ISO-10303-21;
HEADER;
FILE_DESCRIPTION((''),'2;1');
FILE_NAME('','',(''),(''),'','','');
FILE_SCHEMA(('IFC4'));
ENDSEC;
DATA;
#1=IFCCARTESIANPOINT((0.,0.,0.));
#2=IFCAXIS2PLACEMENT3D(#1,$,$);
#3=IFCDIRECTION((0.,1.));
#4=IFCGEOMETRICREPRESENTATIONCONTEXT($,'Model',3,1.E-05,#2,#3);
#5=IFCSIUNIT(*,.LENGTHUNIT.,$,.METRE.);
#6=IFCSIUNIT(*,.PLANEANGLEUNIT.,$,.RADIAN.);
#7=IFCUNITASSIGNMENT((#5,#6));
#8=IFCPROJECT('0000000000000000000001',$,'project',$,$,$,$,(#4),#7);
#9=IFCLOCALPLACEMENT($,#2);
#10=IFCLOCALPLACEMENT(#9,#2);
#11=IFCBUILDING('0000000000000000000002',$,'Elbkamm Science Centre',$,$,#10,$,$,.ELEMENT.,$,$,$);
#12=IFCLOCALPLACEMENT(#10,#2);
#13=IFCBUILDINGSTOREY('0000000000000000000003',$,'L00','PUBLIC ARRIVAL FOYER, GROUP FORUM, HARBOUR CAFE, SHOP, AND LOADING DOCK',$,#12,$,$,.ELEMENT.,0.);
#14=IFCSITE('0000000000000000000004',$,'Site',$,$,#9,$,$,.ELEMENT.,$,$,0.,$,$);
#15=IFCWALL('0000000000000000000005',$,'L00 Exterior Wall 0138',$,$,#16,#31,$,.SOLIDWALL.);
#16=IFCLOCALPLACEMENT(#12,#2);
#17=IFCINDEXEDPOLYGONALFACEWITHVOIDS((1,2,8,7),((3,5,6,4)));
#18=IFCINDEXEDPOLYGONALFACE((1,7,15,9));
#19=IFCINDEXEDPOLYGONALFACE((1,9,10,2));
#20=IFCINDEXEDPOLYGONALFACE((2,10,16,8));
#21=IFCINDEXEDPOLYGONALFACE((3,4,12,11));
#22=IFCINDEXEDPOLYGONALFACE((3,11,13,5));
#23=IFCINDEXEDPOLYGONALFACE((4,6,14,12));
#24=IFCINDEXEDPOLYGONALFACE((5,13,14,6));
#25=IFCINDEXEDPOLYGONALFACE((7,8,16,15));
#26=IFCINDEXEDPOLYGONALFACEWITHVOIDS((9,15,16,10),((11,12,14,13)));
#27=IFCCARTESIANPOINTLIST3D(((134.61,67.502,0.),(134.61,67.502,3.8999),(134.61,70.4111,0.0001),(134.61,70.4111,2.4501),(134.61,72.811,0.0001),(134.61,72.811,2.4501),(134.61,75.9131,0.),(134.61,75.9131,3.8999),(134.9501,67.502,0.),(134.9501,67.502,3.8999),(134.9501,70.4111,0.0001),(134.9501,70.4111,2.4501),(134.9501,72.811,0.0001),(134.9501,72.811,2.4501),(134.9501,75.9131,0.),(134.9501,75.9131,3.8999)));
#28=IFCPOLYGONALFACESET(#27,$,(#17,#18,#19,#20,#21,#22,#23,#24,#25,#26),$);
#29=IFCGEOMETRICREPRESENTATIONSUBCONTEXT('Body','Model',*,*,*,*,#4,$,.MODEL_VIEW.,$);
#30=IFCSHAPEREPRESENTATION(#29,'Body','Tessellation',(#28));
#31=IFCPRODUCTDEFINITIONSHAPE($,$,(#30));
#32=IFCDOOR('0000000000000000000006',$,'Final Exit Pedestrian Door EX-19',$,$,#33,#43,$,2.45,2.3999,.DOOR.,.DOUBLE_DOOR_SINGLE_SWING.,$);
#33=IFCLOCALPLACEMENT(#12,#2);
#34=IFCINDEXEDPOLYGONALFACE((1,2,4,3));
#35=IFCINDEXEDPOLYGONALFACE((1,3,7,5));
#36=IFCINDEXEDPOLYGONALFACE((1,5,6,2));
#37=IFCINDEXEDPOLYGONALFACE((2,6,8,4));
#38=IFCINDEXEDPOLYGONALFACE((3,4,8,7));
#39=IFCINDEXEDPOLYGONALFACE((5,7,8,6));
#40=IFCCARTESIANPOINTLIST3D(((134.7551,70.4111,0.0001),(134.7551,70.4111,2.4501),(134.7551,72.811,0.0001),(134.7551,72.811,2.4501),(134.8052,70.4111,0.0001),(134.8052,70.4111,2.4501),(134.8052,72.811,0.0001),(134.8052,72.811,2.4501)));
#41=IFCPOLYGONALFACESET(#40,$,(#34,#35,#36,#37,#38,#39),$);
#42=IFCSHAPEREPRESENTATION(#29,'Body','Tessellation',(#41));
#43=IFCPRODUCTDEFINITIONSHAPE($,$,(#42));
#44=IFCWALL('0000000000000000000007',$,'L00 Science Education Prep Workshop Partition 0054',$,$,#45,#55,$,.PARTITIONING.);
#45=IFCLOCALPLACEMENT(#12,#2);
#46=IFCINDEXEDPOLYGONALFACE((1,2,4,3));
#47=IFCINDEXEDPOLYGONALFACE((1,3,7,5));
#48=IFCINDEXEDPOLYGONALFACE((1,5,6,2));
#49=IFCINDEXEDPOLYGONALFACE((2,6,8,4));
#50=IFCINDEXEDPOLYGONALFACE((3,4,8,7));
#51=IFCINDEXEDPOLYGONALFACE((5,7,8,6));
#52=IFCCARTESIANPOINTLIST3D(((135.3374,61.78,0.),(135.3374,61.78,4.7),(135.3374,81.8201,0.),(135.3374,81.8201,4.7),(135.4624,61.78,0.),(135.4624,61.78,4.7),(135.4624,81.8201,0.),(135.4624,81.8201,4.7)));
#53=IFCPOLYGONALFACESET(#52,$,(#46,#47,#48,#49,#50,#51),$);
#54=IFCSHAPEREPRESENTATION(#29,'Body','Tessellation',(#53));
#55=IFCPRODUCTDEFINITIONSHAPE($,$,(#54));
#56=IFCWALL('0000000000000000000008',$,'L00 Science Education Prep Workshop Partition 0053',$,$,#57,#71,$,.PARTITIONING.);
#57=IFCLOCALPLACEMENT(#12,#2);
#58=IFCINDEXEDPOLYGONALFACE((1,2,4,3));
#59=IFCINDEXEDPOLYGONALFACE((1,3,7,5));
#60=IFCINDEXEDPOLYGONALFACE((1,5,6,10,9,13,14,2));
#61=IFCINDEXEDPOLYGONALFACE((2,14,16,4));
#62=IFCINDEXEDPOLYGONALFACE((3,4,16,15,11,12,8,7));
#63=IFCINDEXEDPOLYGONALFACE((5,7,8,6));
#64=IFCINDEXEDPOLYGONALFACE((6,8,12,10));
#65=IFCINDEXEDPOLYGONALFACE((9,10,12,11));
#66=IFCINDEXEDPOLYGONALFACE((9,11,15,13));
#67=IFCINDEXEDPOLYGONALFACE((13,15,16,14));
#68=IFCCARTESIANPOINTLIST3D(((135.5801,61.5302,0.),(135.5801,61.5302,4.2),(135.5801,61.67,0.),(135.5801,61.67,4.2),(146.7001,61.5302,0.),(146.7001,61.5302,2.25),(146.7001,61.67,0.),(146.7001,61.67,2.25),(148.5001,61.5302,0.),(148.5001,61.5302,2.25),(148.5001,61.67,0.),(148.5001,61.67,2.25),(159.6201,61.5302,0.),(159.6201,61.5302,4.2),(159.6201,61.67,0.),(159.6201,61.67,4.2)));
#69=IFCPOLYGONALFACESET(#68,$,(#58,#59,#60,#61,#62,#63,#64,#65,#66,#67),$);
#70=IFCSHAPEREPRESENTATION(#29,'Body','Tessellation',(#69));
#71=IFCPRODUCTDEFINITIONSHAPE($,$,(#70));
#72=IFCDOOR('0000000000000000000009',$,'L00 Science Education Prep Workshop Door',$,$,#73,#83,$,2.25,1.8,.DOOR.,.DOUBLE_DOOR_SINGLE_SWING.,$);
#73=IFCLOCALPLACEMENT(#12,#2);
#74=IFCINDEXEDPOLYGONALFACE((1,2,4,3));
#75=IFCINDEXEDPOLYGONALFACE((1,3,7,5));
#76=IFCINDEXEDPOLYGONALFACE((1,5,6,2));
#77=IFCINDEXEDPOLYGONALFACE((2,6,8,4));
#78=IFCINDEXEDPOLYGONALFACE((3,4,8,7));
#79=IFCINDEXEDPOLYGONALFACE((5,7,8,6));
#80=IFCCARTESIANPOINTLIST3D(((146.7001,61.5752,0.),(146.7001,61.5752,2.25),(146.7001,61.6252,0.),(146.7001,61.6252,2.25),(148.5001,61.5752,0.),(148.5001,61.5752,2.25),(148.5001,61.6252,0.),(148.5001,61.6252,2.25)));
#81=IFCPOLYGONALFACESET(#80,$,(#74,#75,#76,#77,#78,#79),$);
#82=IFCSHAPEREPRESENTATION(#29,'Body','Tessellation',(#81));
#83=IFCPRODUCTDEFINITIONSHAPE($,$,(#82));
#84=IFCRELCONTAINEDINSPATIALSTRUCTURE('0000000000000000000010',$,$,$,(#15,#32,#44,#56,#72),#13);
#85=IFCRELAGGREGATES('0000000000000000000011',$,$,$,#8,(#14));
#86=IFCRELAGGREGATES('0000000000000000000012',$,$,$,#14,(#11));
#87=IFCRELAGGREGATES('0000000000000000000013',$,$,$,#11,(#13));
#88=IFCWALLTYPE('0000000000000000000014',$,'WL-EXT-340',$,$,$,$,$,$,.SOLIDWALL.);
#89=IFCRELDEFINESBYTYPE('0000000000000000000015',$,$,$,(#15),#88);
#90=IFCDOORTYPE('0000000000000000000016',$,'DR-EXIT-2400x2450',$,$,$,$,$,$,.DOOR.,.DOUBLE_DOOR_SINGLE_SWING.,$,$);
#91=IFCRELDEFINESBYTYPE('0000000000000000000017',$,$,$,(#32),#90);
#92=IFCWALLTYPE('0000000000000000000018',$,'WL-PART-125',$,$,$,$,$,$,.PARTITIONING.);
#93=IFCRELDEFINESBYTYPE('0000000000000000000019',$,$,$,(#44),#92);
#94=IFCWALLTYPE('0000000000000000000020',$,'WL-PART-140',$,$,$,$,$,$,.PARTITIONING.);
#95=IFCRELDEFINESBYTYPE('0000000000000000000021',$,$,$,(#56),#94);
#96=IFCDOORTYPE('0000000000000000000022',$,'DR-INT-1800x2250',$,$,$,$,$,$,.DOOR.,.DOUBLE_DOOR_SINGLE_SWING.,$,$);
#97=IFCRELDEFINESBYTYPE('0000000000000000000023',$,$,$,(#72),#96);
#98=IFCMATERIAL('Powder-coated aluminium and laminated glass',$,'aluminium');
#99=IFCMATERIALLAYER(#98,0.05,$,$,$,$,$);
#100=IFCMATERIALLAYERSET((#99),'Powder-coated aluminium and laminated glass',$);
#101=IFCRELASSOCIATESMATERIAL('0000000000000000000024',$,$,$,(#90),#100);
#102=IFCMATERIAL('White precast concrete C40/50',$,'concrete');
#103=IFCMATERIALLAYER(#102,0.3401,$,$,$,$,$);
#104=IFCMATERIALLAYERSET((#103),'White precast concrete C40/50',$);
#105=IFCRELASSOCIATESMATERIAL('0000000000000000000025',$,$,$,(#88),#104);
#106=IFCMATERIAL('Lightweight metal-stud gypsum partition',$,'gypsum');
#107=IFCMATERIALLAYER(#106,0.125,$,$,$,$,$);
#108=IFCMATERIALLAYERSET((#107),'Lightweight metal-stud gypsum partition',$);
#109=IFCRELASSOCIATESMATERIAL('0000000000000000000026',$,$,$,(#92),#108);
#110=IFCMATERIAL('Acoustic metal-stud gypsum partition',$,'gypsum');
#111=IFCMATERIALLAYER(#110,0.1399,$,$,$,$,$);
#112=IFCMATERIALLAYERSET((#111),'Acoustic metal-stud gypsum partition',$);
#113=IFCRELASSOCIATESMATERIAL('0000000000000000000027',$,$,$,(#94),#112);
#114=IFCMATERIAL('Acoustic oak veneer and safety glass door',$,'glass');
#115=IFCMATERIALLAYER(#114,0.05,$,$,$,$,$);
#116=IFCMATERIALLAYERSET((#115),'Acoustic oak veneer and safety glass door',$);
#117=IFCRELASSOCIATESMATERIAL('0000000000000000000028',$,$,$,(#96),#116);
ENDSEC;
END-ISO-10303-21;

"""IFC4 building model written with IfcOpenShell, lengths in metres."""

from ifc_helpers import new_model, si_unit, direction, frame, frame_2d, origin, place, context, subcontext, project, spatial, rectangle, extrude, material, layer, layer_set, type_object, element, fill, save


model = new_model("IFC4")

# Units and contexts
model_context = context("Model", 3, precision=1e-05, world=origin(), true_north=direction((0.0, 1.0)))
body_context = subcontext(model_context, "Body", "Model", "MODEL_VIEW")
ifc_project = project(units=[si_unit("LENGTHUNIT", "METRE"), si_unit("PLANEANGLEUNIT", "RADIAN")], contexts=[model_context])

# Site, building, storey
site_placement = place(None, origin())
site = spatial("IfcSite", under=ifc_project, at=site_placement, Name="Site", CompositionType="ELEMENT", RefElevation=0.0)
building_placement = place(site_placement, origin())
building = spatial("IfcBuilding", under=site, at=building_placement, Name="Elbkamm Science Centre", CompositionType="ELEMENT")
storey_placement = place(building_placement, origin())
storey = spatial("IfcBuildingStorey", under=building, at=storey_placement, Name="L00", Description="PUBLIC ARRIVAL FOYER, GROUP FORUM, HARBOUR CAFE, SHOP, AND LOADING DOCK", CompositionType="ELEMENT", Elevation=0.0)

# Wall, opening, door
ifc_material_1 = material(Name="White precast concrete C40/50", Category="concrete")
ifc_material_2 = material(Name="Powder-coated aluminium and laminated glass", Category="aluminium")
ifc_layer_1 = layer(ifc_material_2, 0.05)
ifc_layer_set_1 = layer_set([ifc_layer_1], Name="Powder-coated aluminium and laminated glass")
door_type_1 = type_object("IfcDoorType", Name="DR-EXIT-2400x2450", OperationType="DOUBLE_DOOR_SINGLE_SWING", PredefinedType="DOOR", material=ifc_layer_set_1)
ifc_layer_2 = layer(ifc_material_1, 0.3401)
ifc_layer_set_2 = layer_set([ifc_layer_2], Name="White precast concrete C40/50")
wall_type_1 = type_object("IfcWallType", Name="WL-EXT-340", PredefinedType="SOLIDWALL", material=ifc_layer_set_2)
wall_1_placement = place(storey_placement, frame((134.78, 67.502, 0.0), z_axis=(0.0, 0.0, 1.0), x_axis=(0.0, 1.0, 0.0)))
wall_1 = element("IfcWall", 1, at=wall_1_placement, inside=storey, type_object=wall_type_1, Name="L00 Exterior Wall 0138", PredefinedType="SOLIDWALL", context=body_context, shape_type="SweptSolid", body=[
    extrude(rectangle(XDim=8.4111, YDim=0.3401, at=frame_2d((4.2056, 0.0))), origin(), (0.0, 0.0, 1.0), 3.8999),
])
opening_1_placement = place(wall_1_placement, frame((2.9092, 0.0, 0.0)))
opening_1 = element("IfcOpeningElement", 2, at=opening_1_placement, cuts=wall_1, PredefinedType="OPENING", context=body_context, shape_type="SweptSolid", body=[
    extrude(rectangle(XDim=2.3999, YDim=2.45, at=frame_2d((1.2, 1.2251))), frame((0.0, 0.1821, 0.0), z_axis=(0.0, -1.0, 0.0), x_axis=(1.0, 0.0, 0.0)), (0.0, 0.0, 1.0), 0.364),
])
door_1_placement = place(opening_1_placement, origin())
door_1 = element("IfcDoor", 3, at=door_1_placement, inside=storey, type_object=door_type_1, Name="Final Exit Pedestrian Door EX-19", OperationType="DOUBLE_DOOR_SINGLE_SWING", OverallHeight=2.45, OverallWidth=2.3999, PredefinedType="DOOR", context=body_context, shape_type="SweptSolid", body=[
    extrude(rectangle(XDim=2.3999, YDim=2.45, at=frame_2d((1.2, 1.2251))), frame((0.0, 0.0249, 0.0), z_axis=(0.0, -1.0, 0.0), x_axis=(1.0, 0.0, 0.0)), (0.0, 0.0, 1.0), 0.05),
])
fill(opening_1, door_1)

# Wall
ifc_material_3 = material(Name="Lightweight metal-stud gypsum partition", Category="gypsum")
ifc_layer_3 = layer(ifc_material_3, 0.125)
ifc_layer_set_3 = layer_set([ifc_layer_3], Name="Lightweight metal-stud gypsum partition")
wall_type_2 = type_object("IfcWallType", Name="WL-PART-125", PredefinedType="PARTITIONING", material=ifc_layer_set_3)
wall_2_placement = place(storey_placement, frame((135.3999, 61.78, 0.0), z_axis=(0.0, 0.0, 1.0), x_axis=(0.0, 1.0, 0.0)))
element("IfcWall", 4, at=wall_2_placement, inside=storey, type_object=wall_type_2, Name="L00 Science Education Prep Workshop Partition 0054", PredefinedType="PARTITIONING", context=body_context, shape_type="SweptSolid", body=[
    extrude(rectangle(XDim=20.04, YDim=0.125, at=frame_2d((10.02, 0.0))), origin(), (0.0, 0.0, 1.0), 4.7),
])

# Wall, opening, door
ifc_material_4 = material(Name="Acoustic metal-stud gypsum partition", Category="gypsum")
ifc_layer_4 = layer(ifc_material_4, 0.1399)
ifc_layer_set_4 = layer_set([ifc_layer_4], Name="Acoustic metal-stud gypsum partition")
wall_type_3 = type_object("IfcWallType", Name="WL-PART-140", PredefinedType="PARTITIONING", material=ifc_layer_set_4)
wall_3_placement = place(storey_placement, frame((159.6201, 61.6001, 0.0), z_axis=(0.0, 0.0, 1.0), x_axis=(-1.0, 0.0, 0.0)))
wall_3 = element("IfcWall", 5, at=wall_3_placement, inside=storey, type_object=wall_type_3, Name="L00 Science Education Prep Workshop Partition 0053", PredefinedType="PARTITIONING", context=body_context, shape_type="SweptSolid", body=[
    extrude(rectangle(XDim=24.04, YDim=0.1399, at=frame_2d((12.02, 0.0))), origin(), (0.0, 0.0, 1.0), 4.2),
])
opening_2_placement = place(wall_3_placement, frame((11.1201, 0.0, 0.0)))
opening_2 = element("IfcOpeningElement", 6, at=opening_2_placement, cuts=wall_3, PredefinedType="OPENING", context=body_context, shape_type="SweptSolid", body=[
    extrude(rectangle(XDim=1.8, YDim=2.25, at=frame_2d((0.8999, 1.125))), frame((0.0, 0.082, 0.0), z_axis=(0.0, -1.0, 0.0), x_axis=(1.0, 0.0, 0.0)), (0.0, 0.0, 1.0), 0.1638),
])
ifc_material_5 = material(Name="Acoustic oak veneer and safety glass door", Category="glass")
ifc_layer_5 = layer(ifc_material_5, 0.05)
ifc_layer_set_5 = layer_set([ifc_layer_5], Name="Acoustic oak veneer and safety glass door")
door_type_2 = type_object("IfcDoorType", Name="DR-INT-1800x2250", OperationType="DOUBLE_DOOR_SINGLE_SWING", PredefinedType="DOOR", material=ifc_layer_set_5)
door_2_placement = place(opening_2_placement, origin())
door_2 = element("IfcDoor", 7, at=door_2_placement, inside=storey, type_object=door_type_2, Name="L00 Science Education Prep Workshop Door", OperationType="DOUBLE_DOOR_SINGLE_SWING", OverallHeight=2.25, OverallWidth=1.8, PredefinedType="DOOR", context=body_context, shape_type="SweptSolid", body=[
    extrude(rectangle(XDim=1.8, YDim=2.25, at=frame_2d((0.8999, 1.125))), frame((0.0, 0.0249, 0.0), z_axis=(0.0, -1.0, 0.0), x_axis=(1.0, 0.0, 0.0)), (0.0, 0.0, 1.0), 0.05),
])
fill(opening_2, door_2)

save(model, "model.ifc")
